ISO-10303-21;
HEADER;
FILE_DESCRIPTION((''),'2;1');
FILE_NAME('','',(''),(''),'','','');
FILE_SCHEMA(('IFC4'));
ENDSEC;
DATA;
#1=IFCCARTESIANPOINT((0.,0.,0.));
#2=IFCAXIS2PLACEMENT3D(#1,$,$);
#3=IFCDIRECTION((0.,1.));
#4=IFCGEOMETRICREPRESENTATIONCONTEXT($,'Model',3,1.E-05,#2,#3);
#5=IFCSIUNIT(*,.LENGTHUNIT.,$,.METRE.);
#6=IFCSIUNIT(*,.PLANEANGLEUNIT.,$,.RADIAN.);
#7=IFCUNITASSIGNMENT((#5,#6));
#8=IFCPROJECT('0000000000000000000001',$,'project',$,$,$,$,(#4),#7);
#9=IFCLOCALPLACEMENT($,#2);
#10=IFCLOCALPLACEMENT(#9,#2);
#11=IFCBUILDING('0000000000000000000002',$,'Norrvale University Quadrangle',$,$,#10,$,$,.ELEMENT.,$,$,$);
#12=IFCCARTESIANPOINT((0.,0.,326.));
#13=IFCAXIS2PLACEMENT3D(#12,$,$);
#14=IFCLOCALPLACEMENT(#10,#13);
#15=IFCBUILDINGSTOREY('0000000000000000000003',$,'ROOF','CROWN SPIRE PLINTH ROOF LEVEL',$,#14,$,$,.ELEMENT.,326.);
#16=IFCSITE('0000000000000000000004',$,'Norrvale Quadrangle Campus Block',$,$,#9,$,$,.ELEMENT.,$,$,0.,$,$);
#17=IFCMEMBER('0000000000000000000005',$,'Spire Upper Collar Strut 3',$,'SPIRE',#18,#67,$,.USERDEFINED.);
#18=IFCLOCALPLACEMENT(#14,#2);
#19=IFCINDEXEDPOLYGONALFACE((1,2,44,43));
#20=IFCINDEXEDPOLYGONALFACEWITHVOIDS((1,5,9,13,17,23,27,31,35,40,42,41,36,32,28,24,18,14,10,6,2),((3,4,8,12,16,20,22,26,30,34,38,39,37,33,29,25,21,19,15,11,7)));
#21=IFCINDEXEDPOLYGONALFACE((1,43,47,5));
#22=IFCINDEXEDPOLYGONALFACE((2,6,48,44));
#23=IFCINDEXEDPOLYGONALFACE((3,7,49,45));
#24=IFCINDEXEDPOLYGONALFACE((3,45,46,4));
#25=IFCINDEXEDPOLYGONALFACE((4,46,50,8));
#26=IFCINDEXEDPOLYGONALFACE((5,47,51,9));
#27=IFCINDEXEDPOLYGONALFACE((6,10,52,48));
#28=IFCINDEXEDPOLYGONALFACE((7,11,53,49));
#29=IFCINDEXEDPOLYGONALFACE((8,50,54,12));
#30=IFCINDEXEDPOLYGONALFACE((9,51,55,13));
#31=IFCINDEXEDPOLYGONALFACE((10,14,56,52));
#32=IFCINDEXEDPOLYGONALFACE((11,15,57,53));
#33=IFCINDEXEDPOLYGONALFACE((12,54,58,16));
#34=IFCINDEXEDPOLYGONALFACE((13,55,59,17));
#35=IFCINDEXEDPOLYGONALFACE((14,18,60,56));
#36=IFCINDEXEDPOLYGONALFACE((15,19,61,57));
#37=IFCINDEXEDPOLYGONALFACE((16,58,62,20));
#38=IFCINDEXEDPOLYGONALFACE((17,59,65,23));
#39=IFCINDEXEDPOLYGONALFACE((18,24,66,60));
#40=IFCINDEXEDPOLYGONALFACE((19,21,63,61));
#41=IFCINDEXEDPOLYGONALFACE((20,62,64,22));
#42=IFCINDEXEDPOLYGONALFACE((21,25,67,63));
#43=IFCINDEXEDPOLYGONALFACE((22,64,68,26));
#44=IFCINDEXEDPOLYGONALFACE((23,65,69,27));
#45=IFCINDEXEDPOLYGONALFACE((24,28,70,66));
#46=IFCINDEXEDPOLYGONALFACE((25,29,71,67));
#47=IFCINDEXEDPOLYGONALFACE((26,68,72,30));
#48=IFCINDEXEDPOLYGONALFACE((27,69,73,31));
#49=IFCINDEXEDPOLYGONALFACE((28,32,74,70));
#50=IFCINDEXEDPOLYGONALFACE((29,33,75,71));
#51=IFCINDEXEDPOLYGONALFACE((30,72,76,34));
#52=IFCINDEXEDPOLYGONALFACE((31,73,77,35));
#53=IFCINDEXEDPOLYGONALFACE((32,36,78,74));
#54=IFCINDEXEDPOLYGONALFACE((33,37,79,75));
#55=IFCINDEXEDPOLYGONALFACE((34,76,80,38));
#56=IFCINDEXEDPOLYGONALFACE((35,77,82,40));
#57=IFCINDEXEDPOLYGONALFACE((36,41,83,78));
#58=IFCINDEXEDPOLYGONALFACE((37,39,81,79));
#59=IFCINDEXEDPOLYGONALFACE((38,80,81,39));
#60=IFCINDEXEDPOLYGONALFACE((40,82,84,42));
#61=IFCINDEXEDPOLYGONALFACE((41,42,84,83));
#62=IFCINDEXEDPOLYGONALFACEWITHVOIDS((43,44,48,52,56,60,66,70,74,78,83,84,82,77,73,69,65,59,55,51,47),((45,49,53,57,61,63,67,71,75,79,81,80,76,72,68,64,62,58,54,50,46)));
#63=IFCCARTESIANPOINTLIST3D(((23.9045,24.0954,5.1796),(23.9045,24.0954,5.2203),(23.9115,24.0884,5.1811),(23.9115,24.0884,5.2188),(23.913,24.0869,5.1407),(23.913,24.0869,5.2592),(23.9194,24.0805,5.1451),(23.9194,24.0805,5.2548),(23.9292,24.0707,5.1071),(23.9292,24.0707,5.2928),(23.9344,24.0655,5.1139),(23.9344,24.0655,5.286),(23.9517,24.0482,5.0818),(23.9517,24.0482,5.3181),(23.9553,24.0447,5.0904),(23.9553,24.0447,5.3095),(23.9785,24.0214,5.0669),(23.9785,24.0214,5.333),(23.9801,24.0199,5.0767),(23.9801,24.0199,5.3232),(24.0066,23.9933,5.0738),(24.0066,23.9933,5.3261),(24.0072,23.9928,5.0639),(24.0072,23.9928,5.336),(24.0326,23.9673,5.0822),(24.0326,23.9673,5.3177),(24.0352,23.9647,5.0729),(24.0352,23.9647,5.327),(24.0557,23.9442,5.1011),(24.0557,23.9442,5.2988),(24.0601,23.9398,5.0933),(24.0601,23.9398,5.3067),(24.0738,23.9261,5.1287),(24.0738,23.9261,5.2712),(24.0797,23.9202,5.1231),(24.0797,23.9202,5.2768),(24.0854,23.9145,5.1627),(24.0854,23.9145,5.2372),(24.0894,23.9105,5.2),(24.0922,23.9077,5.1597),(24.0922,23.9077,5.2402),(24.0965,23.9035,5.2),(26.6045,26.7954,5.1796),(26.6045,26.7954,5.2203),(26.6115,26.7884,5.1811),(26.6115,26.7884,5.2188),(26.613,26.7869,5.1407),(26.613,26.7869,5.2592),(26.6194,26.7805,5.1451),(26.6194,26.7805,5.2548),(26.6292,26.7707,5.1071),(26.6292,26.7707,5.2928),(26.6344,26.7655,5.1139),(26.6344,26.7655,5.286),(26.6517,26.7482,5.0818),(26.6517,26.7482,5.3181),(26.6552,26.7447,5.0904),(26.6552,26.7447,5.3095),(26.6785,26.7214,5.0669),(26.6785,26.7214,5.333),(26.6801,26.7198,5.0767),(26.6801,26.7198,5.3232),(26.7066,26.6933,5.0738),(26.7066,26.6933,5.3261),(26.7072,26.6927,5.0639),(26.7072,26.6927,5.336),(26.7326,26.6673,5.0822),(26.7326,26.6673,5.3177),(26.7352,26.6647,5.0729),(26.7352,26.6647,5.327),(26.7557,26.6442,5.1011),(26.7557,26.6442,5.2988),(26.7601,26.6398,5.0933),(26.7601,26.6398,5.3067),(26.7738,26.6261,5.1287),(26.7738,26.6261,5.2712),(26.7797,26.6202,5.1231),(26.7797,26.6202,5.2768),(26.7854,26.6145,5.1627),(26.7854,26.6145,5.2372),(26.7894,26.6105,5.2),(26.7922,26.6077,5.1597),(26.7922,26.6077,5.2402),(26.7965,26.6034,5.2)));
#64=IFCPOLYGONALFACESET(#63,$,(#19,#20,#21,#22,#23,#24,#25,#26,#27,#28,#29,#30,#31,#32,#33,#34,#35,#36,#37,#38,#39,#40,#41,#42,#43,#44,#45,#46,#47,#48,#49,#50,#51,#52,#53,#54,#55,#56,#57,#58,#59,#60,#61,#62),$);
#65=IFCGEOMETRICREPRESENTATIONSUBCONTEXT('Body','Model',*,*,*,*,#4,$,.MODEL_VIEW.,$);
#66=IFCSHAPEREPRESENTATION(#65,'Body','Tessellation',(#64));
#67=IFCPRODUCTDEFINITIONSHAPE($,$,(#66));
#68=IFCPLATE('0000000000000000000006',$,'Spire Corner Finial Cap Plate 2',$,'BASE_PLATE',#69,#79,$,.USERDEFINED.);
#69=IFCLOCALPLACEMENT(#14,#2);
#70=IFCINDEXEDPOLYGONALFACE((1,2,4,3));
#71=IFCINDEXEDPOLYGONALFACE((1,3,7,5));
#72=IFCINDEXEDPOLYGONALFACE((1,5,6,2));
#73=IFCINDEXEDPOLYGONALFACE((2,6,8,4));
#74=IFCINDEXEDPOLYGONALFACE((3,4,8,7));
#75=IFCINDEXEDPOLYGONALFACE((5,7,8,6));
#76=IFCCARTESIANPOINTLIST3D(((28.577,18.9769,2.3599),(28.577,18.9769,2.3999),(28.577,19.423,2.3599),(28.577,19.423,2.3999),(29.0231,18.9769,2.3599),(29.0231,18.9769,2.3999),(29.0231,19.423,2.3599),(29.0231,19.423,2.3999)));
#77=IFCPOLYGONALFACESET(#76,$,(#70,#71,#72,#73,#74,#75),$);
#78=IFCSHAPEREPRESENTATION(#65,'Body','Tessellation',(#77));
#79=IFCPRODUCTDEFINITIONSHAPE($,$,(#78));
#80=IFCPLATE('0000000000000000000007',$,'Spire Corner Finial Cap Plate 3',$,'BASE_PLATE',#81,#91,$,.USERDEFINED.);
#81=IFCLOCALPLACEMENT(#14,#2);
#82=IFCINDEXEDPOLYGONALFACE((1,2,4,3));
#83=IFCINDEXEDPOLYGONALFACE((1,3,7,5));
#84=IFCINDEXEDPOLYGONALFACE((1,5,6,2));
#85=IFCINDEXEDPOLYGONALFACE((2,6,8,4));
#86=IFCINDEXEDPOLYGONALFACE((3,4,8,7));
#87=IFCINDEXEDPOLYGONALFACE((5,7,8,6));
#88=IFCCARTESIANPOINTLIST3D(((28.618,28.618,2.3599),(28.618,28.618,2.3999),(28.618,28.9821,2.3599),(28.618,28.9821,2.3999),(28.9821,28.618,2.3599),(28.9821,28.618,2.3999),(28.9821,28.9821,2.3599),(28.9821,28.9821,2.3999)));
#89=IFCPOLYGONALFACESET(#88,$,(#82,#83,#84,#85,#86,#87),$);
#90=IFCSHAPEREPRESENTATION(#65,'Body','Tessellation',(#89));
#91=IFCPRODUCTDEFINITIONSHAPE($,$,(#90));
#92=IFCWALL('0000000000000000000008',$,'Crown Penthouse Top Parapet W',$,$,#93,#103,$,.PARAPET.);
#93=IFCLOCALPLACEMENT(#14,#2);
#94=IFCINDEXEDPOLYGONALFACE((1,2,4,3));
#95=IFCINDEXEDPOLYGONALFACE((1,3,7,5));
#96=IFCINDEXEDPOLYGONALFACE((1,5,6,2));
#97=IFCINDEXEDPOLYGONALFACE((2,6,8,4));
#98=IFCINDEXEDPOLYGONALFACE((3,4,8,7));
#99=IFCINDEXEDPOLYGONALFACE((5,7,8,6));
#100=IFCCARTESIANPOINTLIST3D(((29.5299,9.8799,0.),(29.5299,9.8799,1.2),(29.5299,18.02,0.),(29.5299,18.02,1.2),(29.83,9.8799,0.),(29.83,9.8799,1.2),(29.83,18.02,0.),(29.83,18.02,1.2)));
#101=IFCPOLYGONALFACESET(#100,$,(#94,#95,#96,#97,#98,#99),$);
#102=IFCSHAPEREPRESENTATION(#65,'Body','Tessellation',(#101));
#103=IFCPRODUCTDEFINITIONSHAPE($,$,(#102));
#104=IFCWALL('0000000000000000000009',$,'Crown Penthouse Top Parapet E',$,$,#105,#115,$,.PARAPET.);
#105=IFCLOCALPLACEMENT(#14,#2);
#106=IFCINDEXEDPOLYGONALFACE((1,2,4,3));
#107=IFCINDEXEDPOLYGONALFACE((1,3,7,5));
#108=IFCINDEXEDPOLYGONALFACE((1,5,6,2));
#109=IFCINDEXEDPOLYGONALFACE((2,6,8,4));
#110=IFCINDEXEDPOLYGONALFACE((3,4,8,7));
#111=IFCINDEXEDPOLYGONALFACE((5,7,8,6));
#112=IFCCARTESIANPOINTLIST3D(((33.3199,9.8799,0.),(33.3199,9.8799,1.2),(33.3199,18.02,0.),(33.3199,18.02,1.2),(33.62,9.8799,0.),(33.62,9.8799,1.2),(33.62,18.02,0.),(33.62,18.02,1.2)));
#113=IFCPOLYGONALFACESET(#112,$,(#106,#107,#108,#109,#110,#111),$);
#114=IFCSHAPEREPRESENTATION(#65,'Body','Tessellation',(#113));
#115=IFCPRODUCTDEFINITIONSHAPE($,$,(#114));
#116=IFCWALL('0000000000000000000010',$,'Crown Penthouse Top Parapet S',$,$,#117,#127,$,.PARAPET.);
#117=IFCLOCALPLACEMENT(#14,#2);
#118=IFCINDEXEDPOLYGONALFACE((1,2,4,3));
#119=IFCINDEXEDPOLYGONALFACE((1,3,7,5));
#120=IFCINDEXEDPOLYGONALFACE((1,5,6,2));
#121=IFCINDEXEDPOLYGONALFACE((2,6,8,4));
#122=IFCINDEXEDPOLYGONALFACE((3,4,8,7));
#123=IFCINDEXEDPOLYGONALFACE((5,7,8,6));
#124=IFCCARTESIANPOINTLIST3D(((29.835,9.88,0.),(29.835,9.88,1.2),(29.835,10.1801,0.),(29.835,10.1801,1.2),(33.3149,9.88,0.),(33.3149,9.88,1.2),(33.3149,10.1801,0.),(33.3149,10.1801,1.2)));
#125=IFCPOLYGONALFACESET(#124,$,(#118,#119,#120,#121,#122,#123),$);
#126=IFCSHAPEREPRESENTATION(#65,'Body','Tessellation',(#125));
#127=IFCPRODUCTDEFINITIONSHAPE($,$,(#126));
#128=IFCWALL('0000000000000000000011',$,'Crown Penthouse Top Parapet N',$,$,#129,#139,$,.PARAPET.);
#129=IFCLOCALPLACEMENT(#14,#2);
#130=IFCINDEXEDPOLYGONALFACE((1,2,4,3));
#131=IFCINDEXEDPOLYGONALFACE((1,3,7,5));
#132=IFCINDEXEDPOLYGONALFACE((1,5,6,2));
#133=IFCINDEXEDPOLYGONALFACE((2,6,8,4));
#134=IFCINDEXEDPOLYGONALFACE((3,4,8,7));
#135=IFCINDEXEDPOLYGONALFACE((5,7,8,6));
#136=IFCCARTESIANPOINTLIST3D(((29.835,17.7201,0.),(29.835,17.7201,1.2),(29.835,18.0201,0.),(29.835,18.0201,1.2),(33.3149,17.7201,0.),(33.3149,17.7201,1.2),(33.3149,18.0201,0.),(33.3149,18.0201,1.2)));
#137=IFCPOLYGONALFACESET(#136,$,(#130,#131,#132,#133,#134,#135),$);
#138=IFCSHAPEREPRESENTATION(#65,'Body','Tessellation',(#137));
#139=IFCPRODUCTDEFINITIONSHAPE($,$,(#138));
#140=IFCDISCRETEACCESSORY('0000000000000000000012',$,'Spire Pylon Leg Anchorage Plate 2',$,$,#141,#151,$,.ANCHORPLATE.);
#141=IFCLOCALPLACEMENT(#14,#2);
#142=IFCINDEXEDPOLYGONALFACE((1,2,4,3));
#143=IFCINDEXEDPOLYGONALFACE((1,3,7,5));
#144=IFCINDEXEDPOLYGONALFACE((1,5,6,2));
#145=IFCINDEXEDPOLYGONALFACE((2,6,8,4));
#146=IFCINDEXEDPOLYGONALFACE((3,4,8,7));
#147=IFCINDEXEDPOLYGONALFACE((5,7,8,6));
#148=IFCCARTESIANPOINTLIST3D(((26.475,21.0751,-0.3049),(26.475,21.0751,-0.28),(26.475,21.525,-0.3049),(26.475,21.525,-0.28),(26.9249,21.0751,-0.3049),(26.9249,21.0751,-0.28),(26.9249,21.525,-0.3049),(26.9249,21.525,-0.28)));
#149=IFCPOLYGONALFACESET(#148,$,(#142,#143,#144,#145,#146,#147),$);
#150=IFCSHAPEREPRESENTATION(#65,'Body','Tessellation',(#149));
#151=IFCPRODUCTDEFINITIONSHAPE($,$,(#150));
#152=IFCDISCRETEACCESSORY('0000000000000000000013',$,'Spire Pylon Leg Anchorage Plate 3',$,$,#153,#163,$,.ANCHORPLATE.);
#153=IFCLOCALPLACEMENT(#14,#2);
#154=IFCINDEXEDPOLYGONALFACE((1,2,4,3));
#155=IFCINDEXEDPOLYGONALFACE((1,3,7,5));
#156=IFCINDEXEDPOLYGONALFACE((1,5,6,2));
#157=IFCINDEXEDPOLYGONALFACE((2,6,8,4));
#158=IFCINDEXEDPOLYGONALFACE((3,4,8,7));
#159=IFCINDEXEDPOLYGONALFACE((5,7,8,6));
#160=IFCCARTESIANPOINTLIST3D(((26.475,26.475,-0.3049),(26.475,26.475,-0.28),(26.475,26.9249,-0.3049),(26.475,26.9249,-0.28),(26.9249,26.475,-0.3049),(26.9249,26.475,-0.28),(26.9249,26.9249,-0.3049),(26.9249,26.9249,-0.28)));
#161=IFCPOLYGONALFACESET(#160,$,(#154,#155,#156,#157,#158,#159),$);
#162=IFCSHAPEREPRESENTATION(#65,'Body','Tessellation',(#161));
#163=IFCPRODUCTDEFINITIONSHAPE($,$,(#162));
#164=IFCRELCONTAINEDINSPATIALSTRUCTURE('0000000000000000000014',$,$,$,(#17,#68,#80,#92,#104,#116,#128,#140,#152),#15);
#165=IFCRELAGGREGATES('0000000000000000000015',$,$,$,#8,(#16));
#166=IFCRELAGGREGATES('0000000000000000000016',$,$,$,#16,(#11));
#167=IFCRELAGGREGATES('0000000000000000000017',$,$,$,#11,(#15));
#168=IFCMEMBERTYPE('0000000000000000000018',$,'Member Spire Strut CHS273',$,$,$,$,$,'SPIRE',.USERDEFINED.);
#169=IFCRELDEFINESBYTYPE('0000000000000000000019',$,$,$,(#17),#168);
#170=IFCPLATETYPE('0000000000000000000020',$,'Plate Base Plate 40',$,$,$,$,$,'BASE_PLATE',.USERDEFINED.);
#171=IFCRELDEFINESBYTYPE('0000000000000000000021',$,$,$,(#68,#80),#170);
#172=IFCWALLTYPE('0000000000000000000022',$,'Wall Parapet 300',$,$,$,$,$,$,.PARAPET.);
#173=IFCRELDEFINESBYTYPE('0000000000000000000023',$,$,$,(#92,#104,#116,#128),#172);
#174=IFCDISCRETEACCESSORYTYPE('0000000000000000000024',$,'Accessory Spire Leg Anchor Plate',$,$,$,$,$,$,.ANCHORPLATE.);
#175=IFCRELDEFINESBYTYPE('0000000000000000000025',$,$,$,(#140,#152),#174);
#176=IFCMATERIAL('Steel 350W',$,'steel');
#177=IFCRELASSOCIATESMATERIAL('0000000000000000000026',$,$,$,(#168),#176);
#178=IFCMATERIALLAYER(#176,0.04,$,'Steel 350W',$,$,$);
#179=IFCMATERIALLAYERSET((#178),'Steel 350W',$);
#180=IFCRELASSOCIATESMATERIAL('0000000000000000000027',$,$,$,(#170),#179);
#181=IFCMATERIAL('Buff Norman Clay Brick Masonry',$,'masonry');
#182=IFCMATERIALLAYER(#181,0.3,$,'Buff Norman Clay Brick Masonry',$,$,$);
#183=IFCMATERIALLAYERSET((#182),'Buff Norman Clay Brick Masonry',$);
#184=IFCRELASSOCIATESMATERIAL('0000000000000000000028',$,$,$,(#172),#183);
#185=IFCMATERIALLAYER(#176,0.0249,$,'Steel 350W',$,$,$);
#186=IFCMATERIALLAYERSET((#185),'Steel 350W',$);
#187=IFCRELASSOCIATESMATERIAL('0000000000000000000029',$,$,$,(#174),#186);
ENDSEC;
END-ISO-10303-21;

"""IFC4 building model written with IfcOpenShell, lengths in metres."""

from ifc_helpers import new_model, si_unit, direction, frame, frame_2d, origin, origin_2d, place, context, subcontext, project, spatial, rectangle, hollow_circle, extrude, material, layer, layer_set, material_profile, profile_set, type_object, element, save


model = new_model("IFC4")

# Units and contexts
model_context = context("Model", 3, precision=1e-05, world=origin(), true_north=direction((0.0, 1.0)))
body_context = subcontext(model_context, "Body", "Model", "MODEL_VIEW")
ifc_project = project(units=[si_unit("LENGTHUNIT", "METRE"), si_unit("PLANEANGLEUNIT", "RADIAN")], contexts=[model_context])

# Site, building, storey
site_placement = place(None, origin())
site = spatial("IfcSite", under=ifc_project, at=site_placement, Name="Norrvale Quadrangle Campus Block", CompositionType="ELEMENT", RefElevation=0.0)
building_placement = place(site_placement, origin())
building = spatial("IfcBuilding", under=site, at=building_placement, Name="Norrvale University Quadrangle", CompositionType="ELEMENT")
storey_placement = place(building_placement, frame((0.0, 0.0, 326.0)))
storey = spatial("IfcBuildingStorey", under=building, at=storey_placement, Name="ROOF", Description="CROWN SPIRE PLINTH ROOF LEVEL", CompositionType="ELEMENT", Elevation=326.0)

# Shared definitions
ifc_material_1 = material(Name="Steel 350W", Category="steel")

# Member
ifc_material_profile_1 = material_profile(ifc_material_1, hollow_circle(Radius=0.1365, WallThickness=0.01, at=origin_2d()), Name="Steel 350W")
ifc_profile_set_1 = profile_set([ifc_material_profile_1], Name="Steel 350W")
member_type_1 = type_object("IfcMemberType", Name="Member Spire Strut CHS273", ElementType="SPIRE", PredefinedType="USERDEFINED", material=ifc_profile_set_1)
for number, where, z_axis, x_axis, name in (
    (1, (26.7, 26.7, 5.2), (-0.707107, -0.707107, 0.0), (0.707107, -0.707107, 0.0), "Spire Upper Collar Strut 3"),
):
    element("IfcMember", number, at=place(storey_placement, frame(where, z_axis=z_axis, x_axis=x_axis)), inside=storey, type_object=member_type_1, Name=name, ObjectType="SPIRE", PredefinedType="USERDEFINED", context=body_context, shape_type="SweptSolid", body=[
        extrude(hollow_circle(Radius=0.1365, WallThickness=0.01, at=origin_2d()), origin(), (0.0, 0.0, 1.0), 3.8184),
    ])

# Plates
ifc_layer_1 = layer(ifc_material_1, 0.04, Name="Steel 350W")
ifc_layer_set_1 = layer_set([ifc_layer_1], Name="Steel 350W")
plate_type = type_object("IfcPlateType", Name="Plate Base Plate 40", ElementType="BASE_PLATE", PredefinedType="USERDEFINED", material=ifc_layer_set_1)
plate_1_placement = place(storey_placement, frame((28.8, 19.2, 2.3599), z_axis=(0.0, 0.0, 1.0), x_axis=(1.0, 0.0, 0.0)))
element("IfcPlate", 2, at=plate_1_placement, inside=storey, type_object=plate_type, Name="Spire Corner Finial Cap Plate 2", ObjectType="BASE_PLATE", PredefinedType="USERDEFINED", context=body_context, shape_type="SweptSolid", body=[
    extrude(rectangle(XDim=0.446, YDim=0.446, at=origin_2d()), origin(), (0.0, 0.0, 1.0), 0.04),
])
plate_2_placement = place(storey_placement, frame((28.8, 28.8, 2.3599), z_axis=(0.0, 0.0, 1.0), x_axis=(1.0, 0.0, 0.0)))
element("IfcPlate", 3, at=plate_2_placement, inside=storey, type_object=plate_type, Name="Spire Corner Finial Cap Plate 3", ObjectType="BASE_PLATE", PredefinedType="USERDEFINED", context=body_context, shape_type="SweptSolid", body=[
    extrude(rectangle(XDim=0.364, YDim=0.364, at=origin_2d()), origin(), (0.0, 0.0, 1.0), 0.04),
])

# Walls
ifc_material_2 = material(Name="Buff Norman Clay Brick Masonry", Category="masonry")
ifc_layer_2 = layer(ifc_material_2, 0.3, Name="Buff Norman Clay Brick Masonry")
ifc_layer_set_2 = layer_set([ifc_layer_2], Name="Buff Norman Clay Brick Masonry")
wall_type = type_object("IfcWallType", Name="Wall Parapet 300", PredefinedType="PARAPET", material=ifc_layer_set_2)
for number, where, z_axis, x_axis, name in (
    (4, (29.6799, 9.8799, 0.0), (0.0, 0.0, 1.0), (0.0, 1.0, 0.0), "Crown Penthouse Top Parapet W"),
    (5, (33.47, 9.8799, 0.0), (0.0, 0.0, 1.0), (0.0, 1.0, 0.0), "Crown Penthouse Top Parapet E"),
):
    element("IfcWall", number, at=place(storey_placement, frame(where, z_axis=z_axis, x_axis=x_axis)), inside=storey, type_object=wall_type, Name=name, PredefinedType="PARAPET", context=body_context, shape_type="SweptSolid", body=[
        extrude(rectangle(XDim=8.1401, YDim=0.3, at=frame_2d((4.0701, 0.0))), origin(), (0.0, 0.0, 1.0), 1.2),
    ])
for number, where, z_axis, x_axis, name in (
    (6, (29.835, 10.03, 0.0), (0.0, 0.0, 1.0), (1.0, 0.0, 0.0), "Crown Penthouse Top Parapet S"),
    (7, (29.835, 17.8701, 0.0), (0.0, 0.0, 1.0), (1.0, 0.0, 0.0), "Crown Penthouse Top Parapet N"),
):
    element("IfcWall", number, at=place(storey_placement, frame(where, z_axis=z_axis, x_axis=x_axis)), inside=storey, type_object=wall_type, Name=name, PredefinedType="PARAPET", context=body_context, shape_type="SweptSolid", body=[
        extrude(rectangle(XDim=3.48, YDim=0.3, at=frame_2d((1.74, 0.0))), origin(), (0.0, 0.0, 1.0), 1.2),
    ])

# Discrete accessories
ifc_layer_3 = layer(ifc_material_1, 0.0249, Name="Steel 350W")
ifc_layer_set_3 = layer_set([ifc_layer_3], Name="Steel 350W")
discrete_accessory_type = type_object("IfcDiscreteAccessoryType", Name="Accessory Spire Leg Anchor Plate", PredefinedType="ANCHORPLATE", material=ifc_layer_set_3)
for number, where, z_axis, x_axis, name in (
    (8, (26.7, 21.3, -0.3049), (0.0, 0.0, 1.0), (1.0, 0.0, 0.0), "Spire Pylon Leg Anchorage Plate 2"),
    (9, (26.7, 26.7, -0.3049), (0.0, 0.0, 1.0), (1.0, 0.0, 0.0), "Spire Pylon Leg Anchorage Plate 3"),
):
    element("IfcDiscreteAccessory", number, at=place(storey_placement, frame(where, z_axis=z_axis, x_axis=x_axis)), inside=storey, type_object=discrete_accessory_type, Name=name, PredefinedType="ANCHORPLATE", context=body_context, shape_type="SweptSolid", body=[
        extrude(rectangle(XDim=0.45, YDim=0.45, at=origin_2d()), origin(), (0.0, 0.0, 1.0), 0.0249),
    ])

save(model, "model.ifc")
